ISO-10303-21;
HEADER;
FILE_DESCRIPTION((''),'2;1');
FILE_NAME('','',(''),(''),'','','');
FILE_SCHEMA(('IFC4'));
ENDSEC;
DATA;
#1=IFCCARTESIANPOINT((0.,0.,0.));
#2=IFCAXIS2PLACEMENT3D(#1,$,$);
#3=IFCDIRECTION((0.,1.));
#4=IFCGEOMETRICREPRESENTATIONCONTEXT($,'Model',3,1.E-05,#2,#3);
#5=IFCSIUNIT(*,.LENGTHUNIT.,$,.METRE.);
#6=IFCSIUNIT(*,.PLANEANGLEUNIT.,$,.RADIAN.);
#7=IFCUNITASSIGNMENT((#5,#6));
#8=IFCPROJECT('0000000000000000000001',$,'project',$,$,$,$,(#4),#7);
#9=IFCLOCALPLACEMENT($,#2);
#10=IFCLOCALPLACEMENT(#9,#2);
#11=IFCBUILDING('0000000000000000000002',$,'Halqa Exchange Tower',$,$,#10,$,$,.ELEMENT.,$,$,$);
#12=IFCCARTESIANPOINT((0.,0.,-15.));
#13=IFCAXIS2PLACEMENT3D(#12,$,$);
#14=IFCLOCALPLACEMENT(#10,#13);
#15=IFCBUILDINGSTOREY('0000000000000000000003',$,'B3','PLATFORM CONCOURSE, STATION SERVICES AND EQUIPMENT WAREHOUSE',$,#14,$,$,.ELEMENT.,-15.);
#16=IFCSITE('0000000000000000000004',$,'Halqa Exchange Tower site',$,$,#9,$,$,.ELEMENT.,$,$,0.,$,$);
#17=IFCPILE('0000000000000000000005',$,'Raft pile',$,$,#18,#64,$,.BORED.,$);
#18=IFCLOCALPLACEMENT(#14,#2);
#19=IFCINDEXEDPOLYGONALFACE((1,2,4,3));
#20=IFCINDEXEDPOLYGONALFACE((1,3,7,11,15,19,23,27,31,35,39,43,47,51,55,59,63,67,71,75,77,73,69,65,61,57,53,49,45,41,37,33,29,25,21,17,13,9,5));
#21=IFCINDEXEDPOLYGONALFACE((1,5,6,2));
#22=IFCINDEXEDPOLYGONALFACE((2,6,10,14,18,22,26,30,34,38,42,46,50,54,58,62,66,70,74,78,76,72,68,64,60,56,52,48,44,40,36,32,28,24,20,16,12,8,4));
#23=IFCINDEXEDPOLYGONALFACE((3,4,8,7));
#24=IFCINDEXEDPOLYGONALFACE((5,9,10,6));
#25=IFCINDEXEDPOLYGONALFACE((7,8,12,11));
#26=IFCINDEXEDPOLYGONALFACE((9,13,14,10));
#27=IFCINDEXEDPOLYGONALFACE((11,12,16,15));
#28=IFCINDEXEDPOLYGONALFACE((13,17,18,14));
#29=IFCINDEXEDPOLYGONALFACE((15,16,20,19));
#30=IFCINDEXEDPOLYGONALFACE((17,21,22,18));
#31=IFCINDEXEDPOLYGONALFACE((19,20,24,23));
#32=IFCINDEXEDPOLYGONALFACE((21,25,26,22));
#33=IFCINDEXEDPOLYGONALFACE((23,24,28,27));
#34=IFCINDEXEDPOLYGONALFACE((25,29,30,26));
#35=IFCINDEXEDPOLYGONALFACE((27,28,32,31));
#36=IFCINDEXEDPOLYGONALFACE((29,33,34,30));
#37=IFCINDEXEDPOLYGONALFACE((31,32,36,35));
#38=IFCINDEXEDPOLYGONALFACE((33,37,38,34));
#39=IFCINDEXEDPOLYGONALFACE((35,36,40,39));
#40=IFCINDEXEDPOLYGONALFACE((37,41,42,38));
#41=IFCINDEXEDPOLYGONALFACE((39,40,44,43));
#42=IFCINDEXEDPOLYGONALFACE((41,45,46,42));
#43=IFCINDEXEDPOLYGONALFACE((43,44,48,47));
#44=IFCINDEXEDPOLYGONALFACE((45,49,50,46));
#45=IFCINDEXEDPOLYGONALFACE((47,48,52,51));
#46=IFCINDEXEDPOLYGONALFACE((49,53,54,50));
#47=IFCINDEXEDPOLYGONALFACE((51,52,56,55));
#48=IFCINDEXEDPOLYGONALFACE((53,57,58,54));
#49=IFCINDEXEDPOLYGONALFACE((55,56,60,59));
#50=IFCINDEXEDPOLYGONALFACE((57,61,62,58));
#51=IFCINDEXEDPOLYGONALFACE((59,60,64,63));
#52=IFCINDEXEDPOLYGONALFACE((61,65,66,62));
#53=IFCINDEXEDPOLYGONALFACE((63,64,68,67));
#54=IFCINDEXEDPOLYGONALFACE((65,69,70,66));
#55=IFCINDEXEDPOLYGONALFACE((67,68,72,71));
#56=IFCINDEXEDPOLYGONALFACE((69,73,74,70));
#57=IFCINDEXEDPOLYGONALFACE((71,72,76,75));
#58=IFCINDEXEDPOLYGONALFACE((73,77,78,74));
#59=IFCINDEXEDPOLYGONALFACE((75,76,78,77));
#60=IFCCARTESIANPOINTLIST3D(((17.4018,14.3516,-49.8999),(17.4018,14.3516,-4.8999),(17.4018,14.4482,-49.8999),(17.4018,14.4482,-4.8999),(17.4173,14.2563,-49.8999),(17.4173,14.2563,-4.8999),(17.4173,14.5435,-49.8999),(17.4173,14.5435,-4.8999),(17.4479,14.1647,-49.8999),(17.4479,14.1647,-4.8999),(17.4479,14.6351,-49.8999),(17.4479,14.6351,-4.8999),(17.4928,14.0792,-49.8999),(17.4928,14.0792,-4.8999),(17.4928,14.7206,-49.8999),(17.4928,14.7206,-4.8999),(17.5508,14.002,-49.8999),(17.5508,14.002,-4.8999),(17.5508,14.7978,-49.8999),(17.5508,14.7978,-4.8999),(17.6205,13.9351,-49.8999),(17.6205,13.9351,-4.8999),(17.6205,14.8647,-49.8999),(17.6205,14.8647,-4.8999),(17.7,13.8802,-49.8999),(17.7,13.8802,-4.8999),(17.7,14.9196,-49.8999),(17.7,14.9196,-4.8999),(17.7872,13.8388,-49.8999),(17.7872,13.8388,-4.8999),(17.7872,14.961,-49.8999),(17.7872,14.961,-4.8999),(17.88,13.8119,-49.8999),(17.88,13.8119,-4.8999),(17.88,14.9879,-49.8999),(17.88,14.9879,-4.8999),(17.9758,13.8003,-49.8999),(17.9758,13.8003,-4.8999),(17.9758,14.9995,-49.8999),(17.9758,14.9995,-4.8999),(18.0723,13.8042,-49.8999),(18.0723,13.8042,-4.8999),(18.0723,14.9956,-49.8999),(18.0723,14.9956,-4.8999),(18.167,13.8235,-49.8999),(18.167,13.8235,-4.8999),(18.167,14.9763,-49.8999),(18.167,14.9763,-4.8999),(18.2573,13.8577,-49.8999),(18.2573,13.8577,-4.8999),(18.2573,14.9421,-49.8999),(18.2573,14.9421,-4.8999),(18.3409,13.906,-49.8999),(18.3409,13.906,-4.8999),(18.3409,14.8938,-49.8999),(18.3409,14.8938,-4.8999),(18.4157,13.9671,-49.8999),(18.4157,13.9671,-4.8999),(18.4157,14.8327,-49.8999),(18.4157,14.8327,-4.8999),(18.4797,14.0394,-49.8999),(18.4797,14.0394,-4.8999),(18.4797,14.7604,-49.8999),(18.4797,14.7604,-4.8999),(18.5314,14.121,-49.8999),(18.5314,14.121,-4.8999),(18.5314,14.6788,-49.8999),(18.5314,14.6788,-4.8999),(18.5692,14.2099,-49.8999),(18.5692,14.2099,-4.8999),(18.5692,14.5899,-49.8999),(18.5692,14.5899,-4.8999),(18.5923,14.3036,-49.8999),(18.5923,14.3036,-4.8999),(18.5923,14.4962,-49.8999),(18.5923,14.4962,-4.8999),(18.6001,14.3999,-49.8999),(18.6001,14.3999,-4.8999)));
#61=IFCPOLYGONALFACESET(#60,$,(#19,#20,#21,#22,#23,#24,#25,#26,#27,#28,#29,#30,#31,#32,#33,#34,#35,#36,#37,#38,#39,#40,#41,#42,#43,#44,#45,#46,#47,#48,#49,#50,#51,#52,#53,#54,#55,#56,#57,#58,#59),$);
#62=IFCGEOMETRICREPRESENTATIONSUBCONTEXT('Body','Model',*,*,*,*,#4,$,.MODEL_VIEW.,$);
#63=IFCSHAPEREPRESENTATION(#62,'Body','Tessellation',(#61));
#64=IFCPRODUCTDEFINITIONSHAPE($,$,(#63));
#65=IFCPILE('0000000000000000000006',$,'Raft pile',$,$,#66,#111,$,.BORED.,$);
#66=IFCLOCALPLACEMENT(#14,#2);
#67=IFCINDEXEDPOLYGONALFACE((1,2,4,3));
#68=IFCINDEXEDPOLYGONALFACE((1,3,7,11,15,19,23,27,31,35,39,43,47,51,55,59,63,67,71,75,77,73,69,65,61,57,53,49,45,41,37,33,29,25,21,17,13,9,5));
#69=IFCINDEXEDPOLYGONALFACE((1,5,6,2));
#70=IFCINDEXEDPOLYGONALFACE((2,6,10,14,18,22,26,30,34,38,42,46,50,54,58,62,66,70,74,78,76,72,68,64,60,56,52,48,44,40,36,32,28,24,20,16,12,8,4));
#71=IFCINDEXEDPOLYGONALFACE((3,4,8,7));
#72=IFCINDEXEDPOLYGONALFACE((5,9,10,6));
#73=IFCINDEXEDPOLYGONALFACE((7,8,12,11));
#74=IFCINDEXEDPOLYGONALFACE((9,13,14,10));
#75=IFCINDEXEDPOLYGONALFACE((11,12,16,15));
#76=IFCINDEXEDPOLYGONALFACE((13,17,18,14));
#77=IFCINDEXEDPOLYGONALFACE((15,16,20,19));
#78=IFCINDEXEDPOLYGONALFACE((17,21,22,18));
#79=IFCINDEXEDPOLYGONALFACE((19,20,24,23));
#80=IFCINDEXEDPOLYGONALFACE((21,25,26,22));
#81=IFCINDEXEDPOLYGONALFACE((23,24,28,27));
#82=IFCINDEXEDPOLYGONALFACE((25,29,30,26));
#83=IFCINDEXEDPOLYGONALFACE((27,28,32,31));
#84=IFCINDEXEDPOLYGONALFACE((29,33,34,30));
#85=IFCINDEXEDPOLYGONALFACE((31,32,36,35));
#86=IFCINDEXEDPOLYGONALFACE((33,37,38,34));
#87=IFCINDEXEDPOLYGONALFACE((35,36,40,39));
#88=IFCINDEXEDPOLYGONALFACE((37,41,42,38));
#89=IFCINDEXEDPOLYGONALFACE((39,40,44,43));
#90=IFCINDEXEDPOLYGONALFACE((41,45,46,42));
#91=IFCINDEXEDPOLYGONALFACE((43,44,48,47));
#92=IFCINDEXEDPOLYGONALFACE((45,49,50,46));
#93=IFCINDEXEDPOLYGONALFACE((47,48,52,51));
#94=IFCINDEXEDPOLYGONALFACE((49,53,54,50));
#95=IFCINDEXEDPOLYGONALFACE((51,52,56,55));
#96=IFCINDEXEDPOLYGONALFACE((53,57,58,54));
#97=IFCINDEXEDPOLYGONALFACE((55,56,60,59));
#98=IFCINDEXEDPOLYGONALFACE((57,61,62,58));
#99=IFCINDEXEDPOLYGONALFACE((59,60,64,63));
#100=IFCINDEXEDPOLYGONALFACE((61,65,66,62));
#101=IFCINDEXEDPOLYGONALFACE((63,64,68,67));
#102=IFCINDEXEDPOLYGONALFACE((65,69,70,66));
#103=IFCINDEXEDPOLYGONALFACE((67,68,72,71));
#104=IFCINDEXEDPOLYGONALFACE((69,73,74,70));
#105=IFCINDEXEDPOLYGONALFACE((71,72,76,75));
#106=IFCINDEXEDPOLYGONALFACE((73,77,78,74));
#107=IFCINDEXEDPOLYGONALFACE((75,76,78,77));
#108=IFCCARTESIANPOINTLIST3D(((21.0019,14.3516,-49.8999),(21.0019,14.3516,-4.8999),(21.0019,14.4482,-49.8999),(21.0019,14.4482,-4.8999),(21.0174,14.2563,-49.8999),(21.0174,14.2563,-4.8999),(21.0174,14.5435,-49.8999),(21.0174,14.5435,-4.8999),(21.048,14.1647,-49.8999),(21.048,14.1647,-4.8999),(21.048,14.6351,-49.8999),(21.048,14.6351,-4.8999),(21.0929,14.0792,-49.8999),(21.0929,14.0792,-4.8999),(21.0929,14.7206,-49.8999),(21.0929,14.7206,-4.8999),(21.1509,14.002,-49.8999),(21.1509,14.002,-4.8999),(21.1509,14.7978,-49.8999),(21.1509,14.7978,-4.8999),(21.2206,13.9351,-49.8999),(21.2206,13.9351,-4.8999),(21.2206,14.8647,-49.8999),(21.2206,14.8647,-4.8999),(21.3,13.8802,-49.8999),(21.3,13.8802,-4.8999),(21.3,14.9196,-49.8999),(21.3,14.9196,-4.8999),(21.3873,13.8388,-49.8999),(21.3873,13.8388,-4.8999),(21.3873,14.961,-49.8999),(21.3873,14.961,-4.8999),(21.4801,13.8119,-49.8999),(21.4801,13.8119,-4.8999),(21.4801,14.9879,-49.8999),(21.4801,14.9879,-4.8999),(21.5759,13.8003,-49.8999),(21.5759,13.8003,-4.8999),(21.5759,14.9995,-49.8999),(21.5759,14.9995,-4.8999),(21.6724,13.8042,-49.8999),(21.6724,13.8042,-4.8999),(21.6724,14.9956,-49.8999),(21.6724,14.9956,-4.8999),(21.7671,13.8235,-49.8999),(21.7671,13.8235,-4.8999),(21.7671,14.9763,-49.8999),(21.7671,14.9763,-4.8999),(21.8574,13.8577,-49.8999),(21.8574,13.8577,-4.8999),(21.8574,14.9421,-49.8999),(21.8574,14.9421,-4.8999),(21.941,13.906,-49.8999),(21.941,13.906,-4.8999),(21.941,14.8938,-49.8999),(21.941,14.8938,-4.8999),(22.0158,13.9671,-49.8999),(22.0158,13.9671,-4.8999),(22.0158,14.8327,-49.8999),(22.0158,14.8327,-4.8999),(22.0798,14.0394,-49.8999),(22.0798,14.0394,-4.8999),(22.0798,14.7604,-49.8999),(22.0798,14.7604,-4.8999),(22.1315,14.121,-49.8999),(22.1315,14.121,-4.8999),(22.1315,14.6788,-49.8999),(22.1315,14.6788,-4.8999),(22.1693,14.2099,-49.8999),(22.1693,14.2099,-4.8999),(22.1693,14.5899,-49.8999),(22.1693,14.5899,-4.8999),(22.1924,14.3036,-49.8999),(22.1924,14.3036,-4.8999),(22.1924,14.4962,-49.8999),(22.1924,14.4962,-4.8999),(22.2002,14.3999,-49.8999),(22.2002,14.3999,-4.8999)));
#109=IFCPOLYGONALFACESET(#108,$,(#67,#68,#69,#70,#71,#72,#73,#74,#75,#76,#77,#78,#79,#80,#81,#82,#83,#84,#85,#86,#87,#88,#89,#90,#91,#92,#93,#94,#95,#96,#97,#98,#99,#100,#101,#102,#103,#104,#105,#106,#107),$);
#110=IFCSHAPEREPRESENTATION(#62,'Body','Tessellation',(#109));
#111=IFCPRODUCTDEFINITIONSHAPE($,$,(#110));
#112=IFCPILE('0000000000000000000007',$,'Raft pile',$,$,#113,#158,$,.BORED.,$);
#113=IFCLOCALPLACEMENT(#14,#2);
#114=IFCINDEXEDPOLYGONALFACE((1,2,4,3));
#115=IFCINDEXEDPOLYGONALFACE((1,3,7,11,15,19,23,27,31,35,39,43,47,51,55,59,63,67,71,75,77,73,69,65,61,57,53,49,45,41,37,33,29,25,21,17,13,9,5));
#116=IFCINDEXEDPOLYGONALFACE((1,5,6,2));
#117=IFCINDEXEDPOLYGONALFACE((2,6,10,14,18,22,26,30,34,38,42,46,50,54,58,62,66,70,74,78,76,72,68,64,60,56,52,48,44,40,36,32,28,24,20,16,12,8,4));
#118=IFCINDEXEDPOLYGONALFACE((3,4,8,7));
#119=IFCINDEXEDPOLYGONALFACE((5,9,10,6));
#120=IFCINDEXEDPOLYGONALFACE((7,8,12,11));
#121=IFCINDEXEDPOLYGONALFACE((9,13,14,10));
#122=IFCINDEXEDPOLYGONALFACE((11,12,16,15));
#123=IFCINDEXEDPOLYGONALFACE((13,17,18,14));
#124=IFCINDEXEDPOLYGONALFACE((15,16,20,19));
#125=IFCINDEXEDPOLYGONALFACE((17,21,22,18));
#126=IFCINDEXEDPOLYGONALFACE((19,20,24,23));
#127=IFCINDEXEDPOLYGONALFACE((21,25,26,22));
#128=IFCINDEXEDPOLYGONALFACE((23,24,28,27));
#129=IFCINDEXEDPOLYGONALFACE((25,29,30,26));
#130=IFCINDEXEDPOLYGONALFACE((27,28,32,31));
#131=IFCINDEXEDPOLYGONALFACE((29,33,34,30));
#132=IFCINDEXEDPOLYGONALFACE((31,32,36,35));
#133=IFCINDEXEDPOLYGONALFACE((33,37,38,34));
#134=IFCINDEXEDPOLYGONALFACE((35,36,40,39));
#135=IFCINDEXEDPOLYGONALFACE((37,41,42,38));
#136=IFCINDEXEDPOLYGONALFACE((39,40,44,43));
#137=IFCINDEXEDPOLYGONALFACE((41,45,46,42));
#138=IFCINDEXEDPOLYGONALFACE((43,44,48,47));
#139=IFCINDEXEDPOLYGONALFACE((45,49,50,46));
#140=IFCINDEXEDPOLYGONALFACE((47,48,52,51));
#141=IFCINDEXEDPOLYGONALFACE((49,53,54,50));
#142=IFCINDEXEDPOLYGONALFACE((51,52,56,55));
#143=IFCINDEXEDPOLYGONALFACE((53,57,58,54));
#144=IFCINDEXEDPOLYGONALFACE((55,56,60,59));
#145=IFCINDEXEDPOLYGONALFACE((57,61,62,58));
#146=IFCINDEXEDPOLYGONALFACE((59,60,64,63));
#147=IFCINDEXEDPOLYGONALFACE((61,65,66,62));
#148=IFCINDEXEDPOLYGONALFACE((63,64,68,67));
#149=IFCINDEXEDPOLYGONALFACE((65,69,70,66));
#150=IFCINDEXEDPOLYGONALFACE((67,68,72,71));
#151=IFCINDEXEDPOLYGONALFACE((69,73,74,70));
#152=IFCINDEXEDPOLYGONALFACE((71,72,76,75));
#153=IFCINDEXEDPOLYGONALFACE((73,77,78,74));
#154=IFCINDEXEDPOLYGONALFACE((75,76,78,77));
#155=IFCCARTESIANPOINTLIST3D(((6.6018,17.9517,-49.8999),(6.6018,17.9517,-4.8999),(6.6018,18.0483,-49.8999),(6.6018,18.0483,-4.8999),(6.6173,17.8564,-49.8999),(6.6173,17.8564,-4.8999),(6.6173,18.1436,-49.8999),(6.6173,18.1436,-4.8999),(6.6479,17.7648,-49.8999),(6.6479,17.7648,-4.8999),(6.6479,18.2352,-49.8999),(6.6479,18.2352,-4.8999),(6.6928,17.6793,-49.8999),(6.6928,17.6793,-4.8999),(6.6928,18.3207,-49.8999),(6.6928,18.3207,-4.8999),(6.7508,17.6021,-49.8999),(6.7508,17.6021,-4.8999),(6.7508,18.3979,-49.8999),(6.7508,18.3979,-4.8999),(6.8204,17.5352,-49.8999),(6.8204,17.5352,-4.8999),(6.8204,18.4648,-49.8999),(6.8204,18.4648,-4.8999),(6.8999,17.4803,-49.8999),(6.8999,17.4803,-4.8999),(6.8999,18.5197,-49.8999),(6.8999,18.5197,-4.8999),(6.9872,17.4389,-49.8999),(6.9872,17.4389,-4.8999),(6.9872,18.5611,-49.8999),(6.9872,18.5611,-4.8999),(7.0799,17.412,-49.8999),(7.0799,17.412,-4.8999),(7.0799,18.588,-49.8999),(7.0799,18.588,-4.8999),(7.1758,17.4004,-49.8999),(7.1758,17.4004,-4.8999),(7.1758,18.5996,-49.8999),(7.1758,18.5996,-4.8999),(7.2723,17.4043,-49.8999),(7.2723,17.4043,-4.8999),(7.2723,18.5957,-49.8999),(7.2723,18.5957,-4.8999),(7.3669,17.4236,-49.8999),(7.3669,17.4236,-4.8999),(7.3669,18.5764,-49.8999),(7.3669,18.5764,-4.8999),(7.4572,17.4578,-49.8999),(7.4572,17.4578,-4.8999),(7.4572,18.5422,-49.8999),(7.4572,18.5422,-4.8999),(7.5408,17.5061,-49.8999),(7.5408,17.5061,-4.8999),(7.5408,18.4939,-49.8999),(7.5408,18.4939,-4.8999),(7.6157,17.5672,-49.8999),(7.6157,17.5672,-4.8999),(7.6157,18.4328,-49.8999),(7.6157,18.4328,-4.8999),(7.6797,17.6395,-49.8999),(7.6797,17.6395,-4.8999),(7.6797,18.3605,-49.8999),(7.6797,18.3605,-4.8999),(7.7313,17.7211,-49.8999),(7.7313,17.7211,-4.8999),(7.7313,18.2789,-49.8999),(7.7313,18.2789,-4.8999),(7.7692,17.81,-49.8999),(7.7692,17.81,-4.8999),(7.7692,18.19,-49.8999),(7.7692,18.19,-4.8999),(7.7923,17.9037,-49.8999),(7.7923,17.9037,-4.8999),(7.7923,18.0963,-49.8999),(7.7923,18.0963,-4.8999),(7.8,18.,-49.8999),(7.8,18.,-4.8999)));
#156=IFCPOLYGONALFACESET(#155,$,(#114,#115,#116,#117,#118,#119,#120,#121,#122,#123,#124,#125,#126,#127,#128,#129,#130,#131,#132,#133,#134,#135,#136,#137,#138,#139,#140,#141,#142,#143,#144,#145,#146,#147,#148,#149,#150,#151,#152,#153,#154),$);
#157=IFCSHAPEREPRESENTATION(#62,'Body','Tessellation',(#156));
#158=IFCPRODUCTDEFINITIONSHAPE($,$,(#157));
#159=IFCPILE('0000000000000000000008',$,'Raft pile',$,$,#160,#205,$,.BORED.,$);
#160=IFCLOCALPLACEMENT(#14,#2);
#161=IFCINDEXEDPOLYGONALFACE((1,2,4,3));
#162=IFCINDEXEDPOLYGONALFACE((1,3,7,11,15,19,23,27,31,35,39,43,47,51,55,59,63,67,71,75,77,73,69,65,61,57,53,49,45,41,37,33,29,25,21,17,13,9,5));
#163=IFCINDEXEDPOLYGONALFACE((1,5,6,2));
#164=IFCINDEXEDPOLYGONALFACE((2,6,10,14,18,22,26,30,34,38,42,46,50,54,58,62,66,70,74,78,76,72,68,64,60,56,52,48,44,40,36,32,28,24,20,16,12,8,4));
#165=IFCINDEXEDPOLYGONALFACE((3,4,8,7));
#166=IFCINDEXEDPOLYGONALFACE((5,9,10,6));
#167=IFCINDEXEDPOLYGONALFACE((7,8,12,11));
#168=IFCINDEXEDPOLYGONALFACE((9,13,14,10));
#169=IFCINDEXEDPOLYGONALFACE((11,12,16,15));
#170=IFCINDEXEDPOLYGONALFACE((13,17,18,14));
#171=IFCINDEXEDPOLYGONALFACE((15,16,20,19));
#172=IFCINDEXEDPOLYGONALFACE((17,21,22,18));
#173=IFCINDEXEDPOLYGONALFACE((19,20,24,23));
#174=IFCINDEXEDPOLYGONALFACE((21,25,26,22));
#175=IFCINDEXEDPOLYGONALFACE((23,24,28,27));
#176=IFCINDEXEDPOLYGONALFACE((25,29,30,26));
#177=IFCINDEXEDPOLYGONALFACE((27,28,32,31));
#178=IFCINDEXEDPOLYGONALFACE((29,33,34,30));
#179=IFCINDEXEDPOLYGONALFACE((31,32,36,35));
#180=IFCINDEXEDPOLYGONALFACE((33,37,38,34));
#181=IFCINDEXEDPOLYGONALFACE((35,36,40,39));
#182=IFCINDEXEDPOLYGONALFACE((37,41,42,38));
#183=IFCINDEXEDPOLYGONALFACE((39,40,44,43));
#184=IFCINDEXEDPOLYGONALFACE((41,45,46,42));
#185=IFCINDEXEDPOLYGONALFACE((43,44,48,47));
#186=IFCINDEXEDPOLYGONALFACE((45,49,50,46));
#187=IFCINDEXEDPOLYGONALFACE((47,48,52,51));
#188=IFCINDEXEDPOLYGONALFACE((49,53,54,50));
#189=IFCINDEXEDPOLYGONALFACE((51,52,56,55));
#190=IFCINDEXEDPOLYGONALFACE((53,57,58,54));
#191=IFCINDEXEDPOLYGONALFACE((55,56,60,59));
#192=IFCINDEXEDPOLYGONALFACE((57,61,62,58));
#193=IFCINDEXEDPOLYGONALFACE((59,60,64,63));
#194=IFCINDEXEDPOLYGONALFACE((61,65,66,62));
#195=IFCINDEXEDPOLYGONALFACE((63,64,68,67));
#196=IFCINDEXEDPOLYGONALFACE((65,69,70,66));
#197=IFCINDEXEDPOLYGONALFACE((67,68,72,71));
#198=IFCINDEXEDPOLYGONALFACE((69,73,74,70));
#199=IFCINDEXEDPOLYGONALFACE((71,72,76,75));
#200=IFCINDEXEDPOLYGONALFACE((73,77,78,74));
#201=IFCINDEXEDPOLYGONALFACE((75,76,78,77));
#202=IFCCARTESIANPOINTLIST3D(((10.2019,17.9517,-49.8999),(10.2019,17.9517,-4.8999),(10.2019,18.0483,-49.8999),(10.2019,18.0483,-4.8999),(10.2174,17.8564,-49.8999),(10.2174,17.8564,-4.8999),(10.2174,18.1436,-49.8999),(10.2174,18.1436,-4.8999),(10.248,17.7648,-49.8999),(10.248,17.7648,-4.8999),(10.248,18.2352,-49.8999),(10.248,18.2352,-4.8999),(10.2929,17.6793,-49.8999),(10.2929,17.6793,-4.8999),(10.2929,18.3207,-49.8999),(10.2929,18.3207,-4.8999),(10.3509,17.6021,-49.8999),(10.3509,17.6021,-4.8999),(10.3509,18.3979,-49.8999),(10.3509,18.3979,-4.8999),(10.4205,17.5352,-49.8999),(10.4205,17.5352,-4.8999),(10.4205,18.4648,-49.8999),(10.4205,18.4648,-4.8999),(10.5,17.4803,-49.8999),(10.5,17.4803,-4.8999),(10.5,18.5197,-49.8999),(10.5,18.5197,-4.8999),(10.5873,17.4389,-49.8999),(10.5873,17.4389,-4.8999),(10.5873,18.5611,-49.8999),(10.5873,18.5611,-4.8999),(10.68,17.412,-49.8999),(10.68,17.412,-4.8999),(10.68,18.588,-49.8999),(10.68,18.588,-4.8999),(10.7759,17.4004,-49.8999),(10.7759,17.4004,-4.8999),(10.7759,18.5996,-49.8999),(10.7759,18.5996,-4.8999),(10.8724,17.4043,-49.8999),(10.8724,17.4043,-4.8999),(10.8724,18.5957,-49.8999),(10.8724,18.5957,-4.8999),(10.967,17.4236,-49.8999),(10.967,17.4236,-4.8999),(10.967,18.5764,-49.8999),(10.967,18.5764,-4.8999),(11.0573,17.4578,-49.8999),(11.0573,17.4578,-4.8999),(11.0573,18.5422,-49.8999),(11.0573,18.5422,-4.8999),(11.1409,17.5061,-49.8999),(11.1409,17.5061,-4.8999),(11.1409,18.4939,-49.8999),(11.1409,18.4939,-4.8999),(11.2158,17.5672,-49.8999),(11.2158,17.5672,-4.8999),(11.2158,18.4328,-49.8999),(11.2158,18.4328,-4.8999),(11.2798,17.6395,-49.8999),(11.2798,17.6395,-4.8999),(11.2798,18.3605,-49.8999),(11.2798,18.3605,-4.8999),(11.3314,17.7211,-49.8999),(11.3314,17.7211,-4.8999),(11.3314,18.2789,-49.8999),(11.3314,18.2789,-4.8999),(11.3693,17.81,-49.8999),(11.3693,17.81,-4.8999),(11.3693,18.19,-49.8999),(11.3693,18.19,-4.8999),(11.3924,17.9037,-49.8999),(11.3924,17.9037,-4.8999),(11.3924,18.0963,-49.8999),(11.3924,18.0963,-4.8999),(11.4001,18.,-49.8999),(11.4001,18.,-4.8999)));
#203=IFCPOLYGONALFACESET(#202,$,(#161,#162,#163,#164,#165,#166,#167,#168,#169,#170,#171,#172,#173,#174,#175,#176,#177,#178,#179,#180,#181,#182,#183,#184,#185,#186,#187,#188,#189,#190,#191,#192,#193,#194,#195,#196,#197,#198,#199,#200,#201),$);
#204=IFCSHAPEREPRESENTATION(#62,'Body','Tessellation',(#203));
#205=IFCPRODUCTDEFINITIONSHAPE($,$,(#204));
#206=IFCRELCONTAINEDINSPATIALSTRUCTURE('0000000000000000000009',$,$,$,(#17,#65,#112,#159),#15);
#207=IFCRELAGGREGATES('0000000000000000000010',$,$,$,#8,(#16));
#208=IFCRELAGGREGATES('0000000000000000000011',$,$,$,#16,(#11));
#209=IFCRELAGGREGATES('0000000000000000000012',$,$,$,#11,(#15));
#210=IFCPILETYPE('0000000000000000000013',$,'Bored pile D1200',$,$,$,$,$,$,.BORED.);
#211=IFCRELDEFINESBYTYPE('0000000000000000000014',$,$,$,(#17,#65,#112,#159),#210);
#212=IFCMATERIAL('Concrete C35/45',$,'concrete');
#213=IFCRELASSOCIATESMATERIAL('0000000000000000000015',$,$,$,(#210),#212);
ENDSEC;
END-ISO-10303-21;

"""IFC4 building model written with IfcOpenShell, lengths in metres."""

from ifc_helpers import new_model, si_unit, direction, frame, origin, origin_2d, place, context, subcontext, project, spatial, circle, extrude, material, material_profile, profile_set, type_object, element, save


model = new_model("IFC4")

# Units and contexts
model_context = context("Model", 3, precision=1e-05, world=origin(), true_north=direction((0.0, 1.0)))
body_context = subcontext(model_context, "Body", "Model", "MODEL_VIEW")
ifc_project = project(units=[si_unit("LENGTHUNIT", "METRE"), si_unit("PLANEANGLEUNIT", "RADIAN")], contexts=[model_context])

# Site, building, storey
site_placement = place(None, origin())
site = spatial("IfcSite", under=ifc_project, at=site_placement, Name="Halqa Exchange Tower site", CompositionType="ELEMENT", RefElevation=0.0)
building_placement = place(site_placement, origin())
building = spatial("IfcBuilding", under=site, at=building_placement, Name="Halqa Exchange Tower", CompositionType="ELEMENT")
storey_placement = place(building_placement, frame((0.0, 0.0, -15.0)))
storey = spatial("IfcBuildingStorey", under=building, at=storey_placement, Name="B3", Description="PLATFORM CONCOURSE, STATION SERVICES AND EQUIPMENT WAREHOUSE", CompositionType="ELEMENT", Elevation=-15.0)

# Piles
ifc_material_1 = material(Name="Concrete C35/45", Category="concrete")
ifc_material_profile_1 = material_profile(ifc_material_1, circle(Radius=0.6001, at=origin_2d()), Name="D1200")
ifc_profile_set_1 = profile_set([ifc_material_profile_1], Name="Concrete C35/45")
pile_type_1 = type_object("IfcPileType", Name="Bored pile D1200", PredefinedType="BORED", material=ifc_profile_set_1)
for number, where, z_axis, x_axis, name in (
    (1, (18.0, 14.3999, -4.8999), (0.0, 0.0, -1.0), (1.0, 0.0, 0.0), "Raft pile"),
    (2, (21.6001, 14.3999, -4.8999), (0.0, 0.0, -1.0), (1.0, 0.0, 0.0), "Raft pile"),
    (3, (7.2, 18.0, -4.8999), (0.0, 0.0, -1.0), (1.0, 0.0, 0.0), "Raft pile"),
    (4, (10.8, 18.0, -4.8999), (0.0, 0.0, -1.0), (1.0, 0.0, 0.0), "Raft pile"),
):
    element("IfcPile", number, at=place(storey_placement, frame(where, z_axis=z_axis, x_axis=x_axis)), inside=storey, type_object=pile_type_1, Name=name, PredefinedType="BORED", context=body_context, shape_type="SweptSolid", body=[
        extrude(circle(Radius=0.6001, at=origin_2d()), origin(), (0.0, 0.0, 1.0), 45.0),
    ])

save(model, "model.ifc")
